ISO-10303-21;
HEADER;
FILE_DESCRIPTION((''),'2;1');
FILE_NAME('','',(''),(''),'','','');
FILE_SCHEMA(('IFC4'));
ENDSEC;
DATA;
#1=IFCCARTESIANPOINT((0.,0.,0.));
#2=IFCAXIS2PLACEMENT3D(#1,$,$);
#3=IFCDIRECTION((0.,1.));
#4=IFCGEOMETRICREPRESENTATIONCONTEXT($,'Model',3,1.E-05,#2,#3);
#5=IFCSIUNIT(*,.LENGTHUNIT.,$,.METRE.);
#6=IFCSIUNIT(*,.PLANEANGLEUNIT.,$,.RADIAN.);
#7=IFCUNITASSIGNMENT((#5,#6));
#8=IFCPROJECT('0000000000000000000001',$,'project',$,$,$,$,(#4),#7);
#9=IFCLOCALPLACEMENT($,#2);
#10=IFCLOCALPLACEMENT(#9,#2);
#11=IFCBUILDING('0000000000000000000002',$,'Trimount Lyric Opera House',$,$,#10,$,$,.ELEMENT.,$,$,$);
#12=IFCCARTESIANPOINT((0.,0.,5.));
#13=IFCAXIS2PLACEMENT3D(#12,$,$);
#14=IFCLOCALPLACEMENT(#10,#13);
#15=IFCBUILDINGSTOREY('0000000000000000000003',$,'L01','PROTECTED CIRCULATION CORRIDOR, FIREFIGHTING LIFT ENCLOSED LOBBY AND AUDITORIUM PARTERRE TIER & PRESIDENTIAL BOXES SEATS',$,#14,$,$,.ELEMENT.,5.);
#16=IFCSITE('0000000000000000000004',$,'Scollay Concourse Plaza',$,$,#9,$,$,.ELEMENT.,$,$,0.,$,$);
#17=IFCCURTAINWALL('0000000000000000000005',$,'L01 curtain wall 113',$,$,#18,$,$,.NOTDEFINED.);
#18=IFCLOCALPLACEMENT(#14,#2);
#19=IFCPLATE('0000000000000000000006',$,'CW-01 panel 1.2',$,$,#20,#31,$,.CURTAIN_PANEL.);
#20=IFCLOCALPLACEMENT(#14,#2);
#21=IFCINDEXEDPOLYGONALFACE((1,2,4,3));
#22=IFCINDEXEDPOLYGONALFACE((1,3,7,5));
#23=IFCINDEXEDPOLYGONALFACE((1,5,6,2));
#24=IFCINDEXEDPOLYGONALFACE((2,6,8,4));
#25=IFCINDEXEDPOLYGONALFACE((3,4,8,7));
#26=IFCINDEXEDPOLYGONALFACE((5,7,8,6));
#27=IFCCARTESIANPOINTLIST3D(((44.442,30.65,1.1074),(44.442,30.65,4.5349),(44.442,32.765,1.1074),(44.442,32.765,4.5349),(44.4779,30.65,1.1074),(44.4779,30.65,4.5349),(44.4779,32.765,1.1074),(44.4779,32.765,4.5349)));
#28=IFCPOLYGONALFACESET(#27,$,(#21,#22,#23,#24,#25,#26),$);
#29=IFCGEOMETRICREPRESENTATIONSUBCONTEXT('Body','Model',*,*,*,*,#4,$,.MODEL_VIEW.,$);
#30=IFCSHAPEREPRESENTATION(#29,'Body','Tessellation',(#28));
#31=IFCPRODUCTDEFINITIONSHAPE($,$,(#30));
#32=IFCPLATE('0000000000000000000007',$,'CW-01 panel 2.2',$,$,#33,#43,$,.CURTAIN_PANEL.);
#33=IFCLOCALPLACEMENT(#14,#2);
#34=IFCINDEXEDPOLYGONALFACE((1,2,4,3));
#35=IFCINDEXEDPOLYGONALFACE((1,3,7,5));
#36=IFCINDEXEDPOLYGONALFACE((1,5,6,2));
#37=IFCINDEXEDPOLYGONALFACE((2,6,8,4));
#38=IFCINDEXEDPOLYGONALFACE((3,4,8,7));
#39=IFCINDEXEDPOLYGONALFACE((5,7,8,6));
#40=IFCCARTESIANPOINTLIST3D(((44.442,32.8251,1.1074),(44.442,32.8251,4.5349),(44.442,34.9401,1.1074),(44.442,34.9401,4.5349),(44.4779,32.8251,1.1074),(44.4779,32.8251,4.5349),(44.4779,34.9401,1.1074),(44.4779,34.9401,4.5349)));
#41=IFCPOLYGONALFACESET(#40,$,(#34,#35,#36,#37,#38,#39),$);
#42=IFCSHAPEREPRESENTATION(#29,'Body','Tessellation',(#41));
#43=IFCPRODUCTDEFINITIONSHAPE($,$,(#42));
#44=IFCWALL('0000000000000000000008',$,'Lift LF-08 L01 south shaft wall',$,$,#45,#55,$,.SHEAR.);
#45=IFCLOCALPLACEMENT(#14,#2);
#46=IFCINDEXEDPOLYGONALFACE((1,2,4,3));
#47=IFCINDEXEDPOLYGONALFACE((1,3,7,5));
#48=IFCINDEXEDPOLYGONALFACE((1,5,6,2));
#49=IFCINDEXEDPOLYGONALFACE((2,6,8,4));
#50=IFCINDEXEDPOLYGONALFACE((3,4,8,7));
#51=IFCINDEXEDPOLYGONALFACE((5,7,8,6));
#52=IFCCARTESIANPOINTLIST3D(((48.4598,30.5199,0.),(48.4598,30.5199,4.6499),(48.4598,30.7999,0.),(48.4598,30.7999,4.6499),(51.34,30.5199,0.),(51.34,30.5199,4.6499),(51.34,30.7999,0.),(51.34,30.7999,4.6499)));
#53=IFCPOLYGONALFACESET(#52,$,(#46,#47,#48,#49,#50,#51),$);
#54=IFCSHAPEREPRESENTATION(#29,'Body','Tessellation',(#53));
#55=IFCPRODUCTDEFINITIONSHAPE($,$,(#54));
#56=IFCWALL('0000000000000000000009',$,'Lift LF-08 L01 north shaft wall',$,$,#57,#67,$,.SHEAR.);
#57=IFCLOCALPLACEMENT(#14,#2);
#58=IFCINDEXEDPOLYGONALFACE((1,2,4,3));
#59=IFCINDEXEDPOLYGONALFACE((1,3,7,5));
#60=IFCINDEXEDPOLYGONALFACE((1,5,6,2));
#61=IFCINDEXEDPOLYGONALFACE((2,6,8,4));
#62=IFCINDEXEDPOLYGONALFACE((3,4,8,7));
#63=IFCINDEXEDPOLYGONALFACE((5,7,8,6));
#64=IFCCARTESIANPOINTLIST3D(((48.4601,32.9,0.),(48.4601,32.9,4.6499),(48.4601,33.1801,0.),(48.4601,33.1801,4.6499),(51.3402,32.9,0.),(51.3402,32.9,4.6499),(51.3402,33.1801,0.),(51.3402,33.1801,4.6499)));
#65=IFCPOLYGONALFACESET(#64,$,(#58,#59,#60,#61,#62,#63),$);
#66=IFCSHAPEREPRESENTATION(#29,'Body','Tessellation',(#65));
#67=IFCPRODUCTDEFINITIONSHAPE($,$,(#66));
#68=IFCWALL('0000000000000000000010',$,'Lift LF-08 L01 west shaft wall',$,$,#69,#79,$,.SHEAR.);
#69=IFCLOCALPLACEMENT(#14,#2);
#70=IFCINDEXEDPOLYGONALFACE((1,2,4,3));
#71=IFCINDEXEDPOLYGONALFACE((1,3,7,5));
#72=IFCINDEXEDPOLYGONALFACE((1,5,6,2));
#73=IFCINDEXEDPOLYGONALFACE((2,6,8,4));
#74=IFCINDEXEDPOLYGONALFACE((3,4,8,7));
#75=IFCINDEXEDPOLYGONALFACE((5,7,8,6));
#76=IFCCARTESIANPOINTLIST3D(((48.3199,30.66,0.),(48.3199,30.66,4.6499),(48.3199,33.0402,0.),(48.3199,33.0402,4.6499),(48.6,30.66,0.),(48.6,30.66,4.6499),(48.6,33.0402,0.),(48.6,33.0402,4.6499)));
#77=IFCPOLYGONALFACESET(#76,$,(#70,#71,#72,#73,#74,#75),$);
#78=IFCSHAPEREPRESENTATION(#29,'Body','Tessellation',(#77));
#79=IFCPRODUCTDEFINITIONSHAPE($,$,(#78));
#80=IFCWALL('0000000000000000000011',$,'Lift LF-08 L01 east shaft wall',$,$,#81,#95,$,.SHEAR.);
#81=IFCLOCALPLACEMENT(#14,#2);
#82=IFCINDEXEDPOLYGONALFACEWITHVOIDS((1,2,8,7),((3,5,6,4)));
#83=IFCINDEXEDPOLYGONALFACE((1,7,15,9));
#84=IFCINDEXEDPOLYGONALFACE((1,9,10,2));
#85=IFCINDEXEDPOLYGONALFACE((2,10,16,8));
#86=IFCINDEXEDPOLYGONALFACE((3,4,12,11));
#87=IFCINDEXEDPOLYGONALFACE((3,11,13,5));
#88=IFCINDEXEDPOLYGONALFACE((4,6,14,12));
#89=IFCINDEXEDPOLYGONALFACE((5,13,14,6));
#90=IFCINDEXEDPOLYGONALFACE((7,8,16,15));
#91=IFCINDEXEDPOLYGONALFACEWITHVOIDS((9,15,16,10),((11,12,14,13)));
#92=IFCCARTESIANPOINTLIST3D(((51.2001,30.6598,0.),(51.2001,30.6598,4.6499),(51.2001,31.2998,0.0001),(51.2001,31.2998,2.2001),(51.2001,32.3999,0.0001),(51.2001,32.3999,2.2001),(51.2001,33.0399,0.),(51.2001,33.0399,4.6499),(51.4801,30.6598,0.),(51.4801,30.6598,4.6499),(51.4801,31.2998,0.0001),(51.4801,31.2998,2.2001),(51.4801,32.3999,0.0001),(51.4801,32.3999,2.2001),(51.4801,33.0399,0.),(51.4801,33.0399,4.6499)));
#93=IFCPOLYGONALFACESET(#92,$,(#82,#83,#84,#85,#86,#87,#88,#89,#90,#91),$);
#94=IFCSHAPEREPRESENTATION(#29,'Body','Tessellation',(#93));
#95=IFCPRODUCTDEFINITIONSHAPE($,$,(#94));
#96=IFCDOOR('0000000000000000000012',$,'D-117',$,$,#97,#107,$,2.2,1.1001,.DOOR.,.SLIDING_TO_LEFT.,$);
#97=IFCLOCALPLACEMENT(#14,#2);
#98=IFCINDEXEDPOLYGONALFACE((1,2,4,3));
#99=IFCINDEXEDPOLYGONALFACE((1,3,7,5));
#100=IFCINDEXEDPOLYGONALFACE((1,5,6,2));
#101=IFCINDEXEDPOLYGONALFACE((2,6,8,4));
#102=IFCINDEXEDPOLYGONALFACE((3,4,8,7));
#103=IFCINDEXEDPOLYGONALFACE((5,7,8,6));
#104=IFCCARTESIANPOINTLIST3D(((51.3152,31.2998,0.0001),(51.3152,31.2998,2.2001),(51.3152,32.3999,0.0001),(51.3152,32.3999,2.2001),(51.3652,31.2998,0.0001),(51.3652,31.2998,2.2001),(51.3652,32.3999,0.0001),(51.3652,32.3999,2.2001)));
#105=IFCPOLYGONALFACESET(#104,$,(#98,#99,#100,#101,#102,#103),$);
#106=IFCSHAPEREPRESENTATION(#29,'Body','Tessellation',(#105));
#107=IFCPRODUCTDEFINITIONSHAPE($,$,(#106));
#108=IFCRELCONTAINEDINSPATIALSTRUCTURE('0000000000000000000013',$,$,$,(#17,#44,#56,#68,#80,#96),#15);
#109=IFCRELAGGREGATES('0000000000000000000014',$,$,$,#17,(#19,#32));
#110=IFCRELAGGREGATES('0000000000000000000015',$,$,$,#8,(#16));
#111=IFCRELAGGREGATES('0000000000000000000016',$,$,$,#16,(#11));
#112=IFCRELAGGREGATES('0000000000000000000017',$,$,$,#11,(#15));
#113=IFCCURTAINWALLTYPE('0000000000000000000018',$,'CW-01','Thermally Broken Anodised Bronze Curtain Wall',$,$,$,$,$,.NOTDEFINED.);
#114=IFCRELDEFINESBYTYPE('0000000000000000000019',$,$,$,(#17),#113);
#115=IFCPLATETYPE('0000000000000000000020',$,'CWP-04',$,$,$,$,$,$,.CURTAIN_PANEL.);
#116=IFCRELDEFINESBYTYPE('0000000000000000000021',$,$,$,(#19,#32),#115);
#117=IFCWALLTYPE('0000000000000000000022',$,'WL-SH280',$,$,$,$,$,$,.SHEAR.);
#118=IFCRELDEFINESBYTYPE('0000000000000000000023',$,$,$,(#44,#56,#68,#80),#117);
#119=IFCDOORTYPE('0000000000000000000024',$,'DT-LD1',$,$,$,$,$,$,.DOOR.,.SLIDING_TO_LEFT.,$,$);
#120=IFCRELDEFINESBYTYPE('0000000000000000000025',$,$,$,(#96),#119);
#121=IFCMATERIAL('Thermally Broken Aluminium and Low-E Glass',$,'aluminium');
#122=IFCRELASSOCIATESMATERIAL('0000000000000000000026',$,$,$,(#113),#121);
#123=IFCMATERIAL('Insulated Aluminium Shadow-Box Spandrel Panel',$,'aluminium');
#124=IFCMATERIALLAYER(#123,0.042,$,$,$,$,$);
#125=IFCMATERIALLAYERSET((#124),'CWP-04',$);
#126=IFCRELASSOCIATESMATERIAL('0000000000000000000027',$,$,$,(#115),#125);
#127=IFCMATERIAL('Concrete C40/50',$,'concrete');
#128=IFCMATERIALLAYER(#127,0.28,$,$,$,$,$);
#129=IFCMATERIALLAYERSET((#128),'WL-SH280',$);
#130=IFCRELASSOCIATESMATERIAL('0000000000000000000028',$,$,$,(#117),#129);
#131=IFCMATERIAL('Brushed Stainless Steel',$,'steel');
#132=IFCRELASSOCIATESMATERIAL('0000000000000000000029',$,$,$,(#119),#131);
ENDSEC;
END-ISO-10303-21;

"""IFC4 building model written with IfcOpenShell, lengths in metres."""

from ifc_helpers import new_model, si_unit, direction, frame, frame_2d, origin, origin_2d, place, context, subcontext, project, spatial, rectangle, extrude, material, layer, layer_set, type_object, element, fill, aggregate, save


model = new_model("IFC4")

# Units and contexts
model_context = context("Model", 3, precision=1e-05, world=origin(), true_north=direction((0.0, 1.0)))
body_context = subcontext(model_context, "Body", "Model", "MODEL_VIEW")
ifc_project = project(units=[si_unit("LENGTHUNIT", "METRE"), si_unit("PLANEANGLEUNIT", "RADIAN")], contexts=[model_context])

# Site, building, storey
site_placement = place(None, origin())
site = spatial("IfcSite", under=ifc_project, at=site_placement, Name="Scollay Concourse Plaza", CompositionType="ELEMENT", RefElevation=0.0)
building_placement = place(site_placement, origin())
building = spatial("IfcBuilding", under=site, at=building_placement, Name="Trimount Lyric Opera House", CompositionType="ELEMENT")
storey_placement = place(building_placement, frame((0.0, 0.0, 5.0)))
storey = spatial("IfcBuildingStorey", under=building, at=storey_placement, Name="L01", Description="PROTECTED CIRCULATION CORRIDOR, FIREFIGHTING LIFT ENCLOSED LOBBY AND AUDITORIUM PARTERRE TIER & PRESIDENTIAL BOXES SEATS", CompositionType="ELEMENT", Elevation=5.0)

# Shared definitions
ifc_material_1 = material(Name="Thermally Broken Aluminium and Low-E Glass", Category="aluminium")
curtain_wall_type = type_object("IfcCurtainWallType", Name="CW-01", Description="Thermally Broken Anodised Bronze Curtain Wall", PredefinedType="NOTDEFINED", material=ifc_material_1)

# Curtain wall
curtain_wall_1_placement = place(storey_placement, origin())
curtain_wall_1 = element("IfcCurtainWall", 1, at=curtain_wall_1_placement, inside=storey, type_object=curtain_wall_type, Name="L01 curtain wall 113", PredefinedType="NOTDEFINED")

# Plates
ifc_material_2 = material(Name="Insulated Aluminium Shadow-Box Spandrel Panel", Category="aluminium")
ifc_layer_1 = layer(ifc_material_2, 0.042)
ifc_layer_set_1 = layer_set([ifc_layer_1], Name="CWP-04")
plate_type_1 = type_object("IfcPlateType", Name="CWP-04", PredefinedType="CURTAIN_PANEL", material=ifc_layer_set_1)
plate_1_placement = place(storey_placement, frame((44.46, 31.7075, 1.1074), z_axis=(0.0, 0.0, 1.0), x_axis=(0.0, 1.0, 0.0)))
plate_1 = element("IfcPlate", 2, at=plate_1_placement, type_object=plate_type_1, Name="CW-01 panel 1.2", PredefinedType="CURTAIN_PANEL", context=body_context, shape_type="SweptSolid", body=[
    extrude(rectangle(XDim=2.115, YDim=0.0359, at=origin_2d()), origin(), (0.0, 0.0, 1.0), 3.4275),
])
plate_2_placement = place(storey_placement, frame((44.46, 33.8826, 1.1074), z_axis=(0.0, 0.0, 1.0), x_axis=(0.0, 1.0, 0.0)))
plate_2 = element("IfcPlate", 3, at=plate_2_placement, type_object=plate_type_1, Name="CW-01 panel 2.2", PredefinedType="CURTAIN_PANEL", context=body_context, shape_type="SweptSolid", body=[
    extrude(rectangle(XDim=2.115, YDim=0.0359, at=origin_2d()), origin(), (0.0, 0.0, 1.0), 3.4275),
])
aggregate(curtain_wall_1, [plate_1, plate_2])

# Walls
ifc_material_3 = material(Name="Concrete C40/50", Category="concrete")
ifc_layer_2 = layer(ifc_material_3, 0.28)
ifc_layer_set_2 = layer_set([ifc_layer_2], Name="WL-SH280")
wall_type = type_object("IfcWallType", Name="WL-SH280", PredefinedType="SHEAR", material=ifc_layer_set_2)
for number, where, z_axis, x_axis, name in (
    (4, (48.46, 30.6599, 0.0), (0.0, 0.0, 1.0), (1.0, 0.0, 0.0), "Lift LF-08 L01 south shaft wall"),
    (5, (51.3401, 33.04, 0.0), (0.0, 0.0, 1.0), (-1.0, 0.0, 0.0), "Lift LF-08 L01 north shaft wall"),
):
    element("IfcWall", number, at=place(storey_placement, frame(where, z_axis=z_axis, x_axis=x_axis)), inside=storey, type_object=wall_type, Name=name, PredefinedType="SHEAR", context=body_context, shape_type="SweptSolid", body=[
        extrude(rectangle(XDim=2.8801, YDim=0.28, at=frame_2d((1.4399, 0.0))), origin(), (0.0, 0.0, 1.0), 4.6499),
    ])
wall_1_placement = place(storey_placement, frame((48.46, 33.04, 0.0), z_axis=(0.0, 0.0, 1.0), x_axis=(0.0, -1.0, 0.0)))
element("IfcWall", 6, at=wall_1_placement, inside=storey, type_object=wall_type, Name="Lift LF-08 L01 west shaft wall", PredefinedType="SHEAR", context=body_context, shape_type="SweptSolid", body=[
    extrude(rectangle(XDim=2.3801, YDim=0.28, at=frame_2d((1.1899, 0.0))), origin(), (0.0, 0.0, 1.0), 4.6499),
])

# Wall, opening, door
wall_2_placement = place(storey_placement, frame((51.3401, 30.6599, 0.0), z_axis=(0.0, 0.0, 1.0), x_axis=(0.0, 1.0, 0.0)))
wall_2 = element("IfcWall", 7, at=wall_2_placement, inside=storey, type_object=wall_type, Name="Lift LF-08 L01 east shaft wall", PredefinedType="SHEAR", context=body_context, shape_type="SweptSolid", body=[
    extrude(rectangle(XDim=2.3801, YDim=0.28, at=frame_2d((1.1899, 0.0))), origin(), (0.0, 0.0, 1.0), 4.6499),
])
opening_placement = place(wall_2_placement, frame((0.6399, 0.0, 0.0)))
opening = element("IfcOpeningElement", 8, at=opening_placement, cuts=wall_2, PredefinedType="OPENING", context=body_context, shape_type="SweptSolid", body=[
    extrude(rectangle(XDim=1.1001, YDim=2.2, at=frame_2d((0.55, 1.1001))), frame((0.0, 0.1499, 0.0), z_axis=(0.0, -1.0, 0.0), x_axis=(1.0, 0.0, 0.0)), (0.0, 0.0, 1.0), 0.3),
])
ifc_material_4 = material(Name="Brushed Stainless Steel", Category="steel")
door_type = type_object("IfcDoorType", Name="DT-LD1", OperationType="SLIDING_TO_LEFT", PredefinedType="DOOR", material=ifc_material_4)
door_placement = place(opening_placement, origin())
door = element("IfcDoor", 9, at=door_placement, inside=storey, type_object=door_type, Name="D-117", OperationType="SLIDING_TO_LEFT", OverallHeight=2.2, OverallWidth=1.1001, PredefinedType="DOOR", context=body_context, shape_type="SweptSolid", body=[
    extrude(rectangle(XDim=1.1001, YDim=2.2, at=frame_2d((0.55, 1.1001))), frame((0.0, 0.0249, 0.0), z_axis=(0.0, -1.0, 0.0), x_axis=(1.0, 0.0, 0.0)), (0.0, 0.0, 1.0), 0.05),
])
fill(opening, door)

save(model, "model.ifc")
